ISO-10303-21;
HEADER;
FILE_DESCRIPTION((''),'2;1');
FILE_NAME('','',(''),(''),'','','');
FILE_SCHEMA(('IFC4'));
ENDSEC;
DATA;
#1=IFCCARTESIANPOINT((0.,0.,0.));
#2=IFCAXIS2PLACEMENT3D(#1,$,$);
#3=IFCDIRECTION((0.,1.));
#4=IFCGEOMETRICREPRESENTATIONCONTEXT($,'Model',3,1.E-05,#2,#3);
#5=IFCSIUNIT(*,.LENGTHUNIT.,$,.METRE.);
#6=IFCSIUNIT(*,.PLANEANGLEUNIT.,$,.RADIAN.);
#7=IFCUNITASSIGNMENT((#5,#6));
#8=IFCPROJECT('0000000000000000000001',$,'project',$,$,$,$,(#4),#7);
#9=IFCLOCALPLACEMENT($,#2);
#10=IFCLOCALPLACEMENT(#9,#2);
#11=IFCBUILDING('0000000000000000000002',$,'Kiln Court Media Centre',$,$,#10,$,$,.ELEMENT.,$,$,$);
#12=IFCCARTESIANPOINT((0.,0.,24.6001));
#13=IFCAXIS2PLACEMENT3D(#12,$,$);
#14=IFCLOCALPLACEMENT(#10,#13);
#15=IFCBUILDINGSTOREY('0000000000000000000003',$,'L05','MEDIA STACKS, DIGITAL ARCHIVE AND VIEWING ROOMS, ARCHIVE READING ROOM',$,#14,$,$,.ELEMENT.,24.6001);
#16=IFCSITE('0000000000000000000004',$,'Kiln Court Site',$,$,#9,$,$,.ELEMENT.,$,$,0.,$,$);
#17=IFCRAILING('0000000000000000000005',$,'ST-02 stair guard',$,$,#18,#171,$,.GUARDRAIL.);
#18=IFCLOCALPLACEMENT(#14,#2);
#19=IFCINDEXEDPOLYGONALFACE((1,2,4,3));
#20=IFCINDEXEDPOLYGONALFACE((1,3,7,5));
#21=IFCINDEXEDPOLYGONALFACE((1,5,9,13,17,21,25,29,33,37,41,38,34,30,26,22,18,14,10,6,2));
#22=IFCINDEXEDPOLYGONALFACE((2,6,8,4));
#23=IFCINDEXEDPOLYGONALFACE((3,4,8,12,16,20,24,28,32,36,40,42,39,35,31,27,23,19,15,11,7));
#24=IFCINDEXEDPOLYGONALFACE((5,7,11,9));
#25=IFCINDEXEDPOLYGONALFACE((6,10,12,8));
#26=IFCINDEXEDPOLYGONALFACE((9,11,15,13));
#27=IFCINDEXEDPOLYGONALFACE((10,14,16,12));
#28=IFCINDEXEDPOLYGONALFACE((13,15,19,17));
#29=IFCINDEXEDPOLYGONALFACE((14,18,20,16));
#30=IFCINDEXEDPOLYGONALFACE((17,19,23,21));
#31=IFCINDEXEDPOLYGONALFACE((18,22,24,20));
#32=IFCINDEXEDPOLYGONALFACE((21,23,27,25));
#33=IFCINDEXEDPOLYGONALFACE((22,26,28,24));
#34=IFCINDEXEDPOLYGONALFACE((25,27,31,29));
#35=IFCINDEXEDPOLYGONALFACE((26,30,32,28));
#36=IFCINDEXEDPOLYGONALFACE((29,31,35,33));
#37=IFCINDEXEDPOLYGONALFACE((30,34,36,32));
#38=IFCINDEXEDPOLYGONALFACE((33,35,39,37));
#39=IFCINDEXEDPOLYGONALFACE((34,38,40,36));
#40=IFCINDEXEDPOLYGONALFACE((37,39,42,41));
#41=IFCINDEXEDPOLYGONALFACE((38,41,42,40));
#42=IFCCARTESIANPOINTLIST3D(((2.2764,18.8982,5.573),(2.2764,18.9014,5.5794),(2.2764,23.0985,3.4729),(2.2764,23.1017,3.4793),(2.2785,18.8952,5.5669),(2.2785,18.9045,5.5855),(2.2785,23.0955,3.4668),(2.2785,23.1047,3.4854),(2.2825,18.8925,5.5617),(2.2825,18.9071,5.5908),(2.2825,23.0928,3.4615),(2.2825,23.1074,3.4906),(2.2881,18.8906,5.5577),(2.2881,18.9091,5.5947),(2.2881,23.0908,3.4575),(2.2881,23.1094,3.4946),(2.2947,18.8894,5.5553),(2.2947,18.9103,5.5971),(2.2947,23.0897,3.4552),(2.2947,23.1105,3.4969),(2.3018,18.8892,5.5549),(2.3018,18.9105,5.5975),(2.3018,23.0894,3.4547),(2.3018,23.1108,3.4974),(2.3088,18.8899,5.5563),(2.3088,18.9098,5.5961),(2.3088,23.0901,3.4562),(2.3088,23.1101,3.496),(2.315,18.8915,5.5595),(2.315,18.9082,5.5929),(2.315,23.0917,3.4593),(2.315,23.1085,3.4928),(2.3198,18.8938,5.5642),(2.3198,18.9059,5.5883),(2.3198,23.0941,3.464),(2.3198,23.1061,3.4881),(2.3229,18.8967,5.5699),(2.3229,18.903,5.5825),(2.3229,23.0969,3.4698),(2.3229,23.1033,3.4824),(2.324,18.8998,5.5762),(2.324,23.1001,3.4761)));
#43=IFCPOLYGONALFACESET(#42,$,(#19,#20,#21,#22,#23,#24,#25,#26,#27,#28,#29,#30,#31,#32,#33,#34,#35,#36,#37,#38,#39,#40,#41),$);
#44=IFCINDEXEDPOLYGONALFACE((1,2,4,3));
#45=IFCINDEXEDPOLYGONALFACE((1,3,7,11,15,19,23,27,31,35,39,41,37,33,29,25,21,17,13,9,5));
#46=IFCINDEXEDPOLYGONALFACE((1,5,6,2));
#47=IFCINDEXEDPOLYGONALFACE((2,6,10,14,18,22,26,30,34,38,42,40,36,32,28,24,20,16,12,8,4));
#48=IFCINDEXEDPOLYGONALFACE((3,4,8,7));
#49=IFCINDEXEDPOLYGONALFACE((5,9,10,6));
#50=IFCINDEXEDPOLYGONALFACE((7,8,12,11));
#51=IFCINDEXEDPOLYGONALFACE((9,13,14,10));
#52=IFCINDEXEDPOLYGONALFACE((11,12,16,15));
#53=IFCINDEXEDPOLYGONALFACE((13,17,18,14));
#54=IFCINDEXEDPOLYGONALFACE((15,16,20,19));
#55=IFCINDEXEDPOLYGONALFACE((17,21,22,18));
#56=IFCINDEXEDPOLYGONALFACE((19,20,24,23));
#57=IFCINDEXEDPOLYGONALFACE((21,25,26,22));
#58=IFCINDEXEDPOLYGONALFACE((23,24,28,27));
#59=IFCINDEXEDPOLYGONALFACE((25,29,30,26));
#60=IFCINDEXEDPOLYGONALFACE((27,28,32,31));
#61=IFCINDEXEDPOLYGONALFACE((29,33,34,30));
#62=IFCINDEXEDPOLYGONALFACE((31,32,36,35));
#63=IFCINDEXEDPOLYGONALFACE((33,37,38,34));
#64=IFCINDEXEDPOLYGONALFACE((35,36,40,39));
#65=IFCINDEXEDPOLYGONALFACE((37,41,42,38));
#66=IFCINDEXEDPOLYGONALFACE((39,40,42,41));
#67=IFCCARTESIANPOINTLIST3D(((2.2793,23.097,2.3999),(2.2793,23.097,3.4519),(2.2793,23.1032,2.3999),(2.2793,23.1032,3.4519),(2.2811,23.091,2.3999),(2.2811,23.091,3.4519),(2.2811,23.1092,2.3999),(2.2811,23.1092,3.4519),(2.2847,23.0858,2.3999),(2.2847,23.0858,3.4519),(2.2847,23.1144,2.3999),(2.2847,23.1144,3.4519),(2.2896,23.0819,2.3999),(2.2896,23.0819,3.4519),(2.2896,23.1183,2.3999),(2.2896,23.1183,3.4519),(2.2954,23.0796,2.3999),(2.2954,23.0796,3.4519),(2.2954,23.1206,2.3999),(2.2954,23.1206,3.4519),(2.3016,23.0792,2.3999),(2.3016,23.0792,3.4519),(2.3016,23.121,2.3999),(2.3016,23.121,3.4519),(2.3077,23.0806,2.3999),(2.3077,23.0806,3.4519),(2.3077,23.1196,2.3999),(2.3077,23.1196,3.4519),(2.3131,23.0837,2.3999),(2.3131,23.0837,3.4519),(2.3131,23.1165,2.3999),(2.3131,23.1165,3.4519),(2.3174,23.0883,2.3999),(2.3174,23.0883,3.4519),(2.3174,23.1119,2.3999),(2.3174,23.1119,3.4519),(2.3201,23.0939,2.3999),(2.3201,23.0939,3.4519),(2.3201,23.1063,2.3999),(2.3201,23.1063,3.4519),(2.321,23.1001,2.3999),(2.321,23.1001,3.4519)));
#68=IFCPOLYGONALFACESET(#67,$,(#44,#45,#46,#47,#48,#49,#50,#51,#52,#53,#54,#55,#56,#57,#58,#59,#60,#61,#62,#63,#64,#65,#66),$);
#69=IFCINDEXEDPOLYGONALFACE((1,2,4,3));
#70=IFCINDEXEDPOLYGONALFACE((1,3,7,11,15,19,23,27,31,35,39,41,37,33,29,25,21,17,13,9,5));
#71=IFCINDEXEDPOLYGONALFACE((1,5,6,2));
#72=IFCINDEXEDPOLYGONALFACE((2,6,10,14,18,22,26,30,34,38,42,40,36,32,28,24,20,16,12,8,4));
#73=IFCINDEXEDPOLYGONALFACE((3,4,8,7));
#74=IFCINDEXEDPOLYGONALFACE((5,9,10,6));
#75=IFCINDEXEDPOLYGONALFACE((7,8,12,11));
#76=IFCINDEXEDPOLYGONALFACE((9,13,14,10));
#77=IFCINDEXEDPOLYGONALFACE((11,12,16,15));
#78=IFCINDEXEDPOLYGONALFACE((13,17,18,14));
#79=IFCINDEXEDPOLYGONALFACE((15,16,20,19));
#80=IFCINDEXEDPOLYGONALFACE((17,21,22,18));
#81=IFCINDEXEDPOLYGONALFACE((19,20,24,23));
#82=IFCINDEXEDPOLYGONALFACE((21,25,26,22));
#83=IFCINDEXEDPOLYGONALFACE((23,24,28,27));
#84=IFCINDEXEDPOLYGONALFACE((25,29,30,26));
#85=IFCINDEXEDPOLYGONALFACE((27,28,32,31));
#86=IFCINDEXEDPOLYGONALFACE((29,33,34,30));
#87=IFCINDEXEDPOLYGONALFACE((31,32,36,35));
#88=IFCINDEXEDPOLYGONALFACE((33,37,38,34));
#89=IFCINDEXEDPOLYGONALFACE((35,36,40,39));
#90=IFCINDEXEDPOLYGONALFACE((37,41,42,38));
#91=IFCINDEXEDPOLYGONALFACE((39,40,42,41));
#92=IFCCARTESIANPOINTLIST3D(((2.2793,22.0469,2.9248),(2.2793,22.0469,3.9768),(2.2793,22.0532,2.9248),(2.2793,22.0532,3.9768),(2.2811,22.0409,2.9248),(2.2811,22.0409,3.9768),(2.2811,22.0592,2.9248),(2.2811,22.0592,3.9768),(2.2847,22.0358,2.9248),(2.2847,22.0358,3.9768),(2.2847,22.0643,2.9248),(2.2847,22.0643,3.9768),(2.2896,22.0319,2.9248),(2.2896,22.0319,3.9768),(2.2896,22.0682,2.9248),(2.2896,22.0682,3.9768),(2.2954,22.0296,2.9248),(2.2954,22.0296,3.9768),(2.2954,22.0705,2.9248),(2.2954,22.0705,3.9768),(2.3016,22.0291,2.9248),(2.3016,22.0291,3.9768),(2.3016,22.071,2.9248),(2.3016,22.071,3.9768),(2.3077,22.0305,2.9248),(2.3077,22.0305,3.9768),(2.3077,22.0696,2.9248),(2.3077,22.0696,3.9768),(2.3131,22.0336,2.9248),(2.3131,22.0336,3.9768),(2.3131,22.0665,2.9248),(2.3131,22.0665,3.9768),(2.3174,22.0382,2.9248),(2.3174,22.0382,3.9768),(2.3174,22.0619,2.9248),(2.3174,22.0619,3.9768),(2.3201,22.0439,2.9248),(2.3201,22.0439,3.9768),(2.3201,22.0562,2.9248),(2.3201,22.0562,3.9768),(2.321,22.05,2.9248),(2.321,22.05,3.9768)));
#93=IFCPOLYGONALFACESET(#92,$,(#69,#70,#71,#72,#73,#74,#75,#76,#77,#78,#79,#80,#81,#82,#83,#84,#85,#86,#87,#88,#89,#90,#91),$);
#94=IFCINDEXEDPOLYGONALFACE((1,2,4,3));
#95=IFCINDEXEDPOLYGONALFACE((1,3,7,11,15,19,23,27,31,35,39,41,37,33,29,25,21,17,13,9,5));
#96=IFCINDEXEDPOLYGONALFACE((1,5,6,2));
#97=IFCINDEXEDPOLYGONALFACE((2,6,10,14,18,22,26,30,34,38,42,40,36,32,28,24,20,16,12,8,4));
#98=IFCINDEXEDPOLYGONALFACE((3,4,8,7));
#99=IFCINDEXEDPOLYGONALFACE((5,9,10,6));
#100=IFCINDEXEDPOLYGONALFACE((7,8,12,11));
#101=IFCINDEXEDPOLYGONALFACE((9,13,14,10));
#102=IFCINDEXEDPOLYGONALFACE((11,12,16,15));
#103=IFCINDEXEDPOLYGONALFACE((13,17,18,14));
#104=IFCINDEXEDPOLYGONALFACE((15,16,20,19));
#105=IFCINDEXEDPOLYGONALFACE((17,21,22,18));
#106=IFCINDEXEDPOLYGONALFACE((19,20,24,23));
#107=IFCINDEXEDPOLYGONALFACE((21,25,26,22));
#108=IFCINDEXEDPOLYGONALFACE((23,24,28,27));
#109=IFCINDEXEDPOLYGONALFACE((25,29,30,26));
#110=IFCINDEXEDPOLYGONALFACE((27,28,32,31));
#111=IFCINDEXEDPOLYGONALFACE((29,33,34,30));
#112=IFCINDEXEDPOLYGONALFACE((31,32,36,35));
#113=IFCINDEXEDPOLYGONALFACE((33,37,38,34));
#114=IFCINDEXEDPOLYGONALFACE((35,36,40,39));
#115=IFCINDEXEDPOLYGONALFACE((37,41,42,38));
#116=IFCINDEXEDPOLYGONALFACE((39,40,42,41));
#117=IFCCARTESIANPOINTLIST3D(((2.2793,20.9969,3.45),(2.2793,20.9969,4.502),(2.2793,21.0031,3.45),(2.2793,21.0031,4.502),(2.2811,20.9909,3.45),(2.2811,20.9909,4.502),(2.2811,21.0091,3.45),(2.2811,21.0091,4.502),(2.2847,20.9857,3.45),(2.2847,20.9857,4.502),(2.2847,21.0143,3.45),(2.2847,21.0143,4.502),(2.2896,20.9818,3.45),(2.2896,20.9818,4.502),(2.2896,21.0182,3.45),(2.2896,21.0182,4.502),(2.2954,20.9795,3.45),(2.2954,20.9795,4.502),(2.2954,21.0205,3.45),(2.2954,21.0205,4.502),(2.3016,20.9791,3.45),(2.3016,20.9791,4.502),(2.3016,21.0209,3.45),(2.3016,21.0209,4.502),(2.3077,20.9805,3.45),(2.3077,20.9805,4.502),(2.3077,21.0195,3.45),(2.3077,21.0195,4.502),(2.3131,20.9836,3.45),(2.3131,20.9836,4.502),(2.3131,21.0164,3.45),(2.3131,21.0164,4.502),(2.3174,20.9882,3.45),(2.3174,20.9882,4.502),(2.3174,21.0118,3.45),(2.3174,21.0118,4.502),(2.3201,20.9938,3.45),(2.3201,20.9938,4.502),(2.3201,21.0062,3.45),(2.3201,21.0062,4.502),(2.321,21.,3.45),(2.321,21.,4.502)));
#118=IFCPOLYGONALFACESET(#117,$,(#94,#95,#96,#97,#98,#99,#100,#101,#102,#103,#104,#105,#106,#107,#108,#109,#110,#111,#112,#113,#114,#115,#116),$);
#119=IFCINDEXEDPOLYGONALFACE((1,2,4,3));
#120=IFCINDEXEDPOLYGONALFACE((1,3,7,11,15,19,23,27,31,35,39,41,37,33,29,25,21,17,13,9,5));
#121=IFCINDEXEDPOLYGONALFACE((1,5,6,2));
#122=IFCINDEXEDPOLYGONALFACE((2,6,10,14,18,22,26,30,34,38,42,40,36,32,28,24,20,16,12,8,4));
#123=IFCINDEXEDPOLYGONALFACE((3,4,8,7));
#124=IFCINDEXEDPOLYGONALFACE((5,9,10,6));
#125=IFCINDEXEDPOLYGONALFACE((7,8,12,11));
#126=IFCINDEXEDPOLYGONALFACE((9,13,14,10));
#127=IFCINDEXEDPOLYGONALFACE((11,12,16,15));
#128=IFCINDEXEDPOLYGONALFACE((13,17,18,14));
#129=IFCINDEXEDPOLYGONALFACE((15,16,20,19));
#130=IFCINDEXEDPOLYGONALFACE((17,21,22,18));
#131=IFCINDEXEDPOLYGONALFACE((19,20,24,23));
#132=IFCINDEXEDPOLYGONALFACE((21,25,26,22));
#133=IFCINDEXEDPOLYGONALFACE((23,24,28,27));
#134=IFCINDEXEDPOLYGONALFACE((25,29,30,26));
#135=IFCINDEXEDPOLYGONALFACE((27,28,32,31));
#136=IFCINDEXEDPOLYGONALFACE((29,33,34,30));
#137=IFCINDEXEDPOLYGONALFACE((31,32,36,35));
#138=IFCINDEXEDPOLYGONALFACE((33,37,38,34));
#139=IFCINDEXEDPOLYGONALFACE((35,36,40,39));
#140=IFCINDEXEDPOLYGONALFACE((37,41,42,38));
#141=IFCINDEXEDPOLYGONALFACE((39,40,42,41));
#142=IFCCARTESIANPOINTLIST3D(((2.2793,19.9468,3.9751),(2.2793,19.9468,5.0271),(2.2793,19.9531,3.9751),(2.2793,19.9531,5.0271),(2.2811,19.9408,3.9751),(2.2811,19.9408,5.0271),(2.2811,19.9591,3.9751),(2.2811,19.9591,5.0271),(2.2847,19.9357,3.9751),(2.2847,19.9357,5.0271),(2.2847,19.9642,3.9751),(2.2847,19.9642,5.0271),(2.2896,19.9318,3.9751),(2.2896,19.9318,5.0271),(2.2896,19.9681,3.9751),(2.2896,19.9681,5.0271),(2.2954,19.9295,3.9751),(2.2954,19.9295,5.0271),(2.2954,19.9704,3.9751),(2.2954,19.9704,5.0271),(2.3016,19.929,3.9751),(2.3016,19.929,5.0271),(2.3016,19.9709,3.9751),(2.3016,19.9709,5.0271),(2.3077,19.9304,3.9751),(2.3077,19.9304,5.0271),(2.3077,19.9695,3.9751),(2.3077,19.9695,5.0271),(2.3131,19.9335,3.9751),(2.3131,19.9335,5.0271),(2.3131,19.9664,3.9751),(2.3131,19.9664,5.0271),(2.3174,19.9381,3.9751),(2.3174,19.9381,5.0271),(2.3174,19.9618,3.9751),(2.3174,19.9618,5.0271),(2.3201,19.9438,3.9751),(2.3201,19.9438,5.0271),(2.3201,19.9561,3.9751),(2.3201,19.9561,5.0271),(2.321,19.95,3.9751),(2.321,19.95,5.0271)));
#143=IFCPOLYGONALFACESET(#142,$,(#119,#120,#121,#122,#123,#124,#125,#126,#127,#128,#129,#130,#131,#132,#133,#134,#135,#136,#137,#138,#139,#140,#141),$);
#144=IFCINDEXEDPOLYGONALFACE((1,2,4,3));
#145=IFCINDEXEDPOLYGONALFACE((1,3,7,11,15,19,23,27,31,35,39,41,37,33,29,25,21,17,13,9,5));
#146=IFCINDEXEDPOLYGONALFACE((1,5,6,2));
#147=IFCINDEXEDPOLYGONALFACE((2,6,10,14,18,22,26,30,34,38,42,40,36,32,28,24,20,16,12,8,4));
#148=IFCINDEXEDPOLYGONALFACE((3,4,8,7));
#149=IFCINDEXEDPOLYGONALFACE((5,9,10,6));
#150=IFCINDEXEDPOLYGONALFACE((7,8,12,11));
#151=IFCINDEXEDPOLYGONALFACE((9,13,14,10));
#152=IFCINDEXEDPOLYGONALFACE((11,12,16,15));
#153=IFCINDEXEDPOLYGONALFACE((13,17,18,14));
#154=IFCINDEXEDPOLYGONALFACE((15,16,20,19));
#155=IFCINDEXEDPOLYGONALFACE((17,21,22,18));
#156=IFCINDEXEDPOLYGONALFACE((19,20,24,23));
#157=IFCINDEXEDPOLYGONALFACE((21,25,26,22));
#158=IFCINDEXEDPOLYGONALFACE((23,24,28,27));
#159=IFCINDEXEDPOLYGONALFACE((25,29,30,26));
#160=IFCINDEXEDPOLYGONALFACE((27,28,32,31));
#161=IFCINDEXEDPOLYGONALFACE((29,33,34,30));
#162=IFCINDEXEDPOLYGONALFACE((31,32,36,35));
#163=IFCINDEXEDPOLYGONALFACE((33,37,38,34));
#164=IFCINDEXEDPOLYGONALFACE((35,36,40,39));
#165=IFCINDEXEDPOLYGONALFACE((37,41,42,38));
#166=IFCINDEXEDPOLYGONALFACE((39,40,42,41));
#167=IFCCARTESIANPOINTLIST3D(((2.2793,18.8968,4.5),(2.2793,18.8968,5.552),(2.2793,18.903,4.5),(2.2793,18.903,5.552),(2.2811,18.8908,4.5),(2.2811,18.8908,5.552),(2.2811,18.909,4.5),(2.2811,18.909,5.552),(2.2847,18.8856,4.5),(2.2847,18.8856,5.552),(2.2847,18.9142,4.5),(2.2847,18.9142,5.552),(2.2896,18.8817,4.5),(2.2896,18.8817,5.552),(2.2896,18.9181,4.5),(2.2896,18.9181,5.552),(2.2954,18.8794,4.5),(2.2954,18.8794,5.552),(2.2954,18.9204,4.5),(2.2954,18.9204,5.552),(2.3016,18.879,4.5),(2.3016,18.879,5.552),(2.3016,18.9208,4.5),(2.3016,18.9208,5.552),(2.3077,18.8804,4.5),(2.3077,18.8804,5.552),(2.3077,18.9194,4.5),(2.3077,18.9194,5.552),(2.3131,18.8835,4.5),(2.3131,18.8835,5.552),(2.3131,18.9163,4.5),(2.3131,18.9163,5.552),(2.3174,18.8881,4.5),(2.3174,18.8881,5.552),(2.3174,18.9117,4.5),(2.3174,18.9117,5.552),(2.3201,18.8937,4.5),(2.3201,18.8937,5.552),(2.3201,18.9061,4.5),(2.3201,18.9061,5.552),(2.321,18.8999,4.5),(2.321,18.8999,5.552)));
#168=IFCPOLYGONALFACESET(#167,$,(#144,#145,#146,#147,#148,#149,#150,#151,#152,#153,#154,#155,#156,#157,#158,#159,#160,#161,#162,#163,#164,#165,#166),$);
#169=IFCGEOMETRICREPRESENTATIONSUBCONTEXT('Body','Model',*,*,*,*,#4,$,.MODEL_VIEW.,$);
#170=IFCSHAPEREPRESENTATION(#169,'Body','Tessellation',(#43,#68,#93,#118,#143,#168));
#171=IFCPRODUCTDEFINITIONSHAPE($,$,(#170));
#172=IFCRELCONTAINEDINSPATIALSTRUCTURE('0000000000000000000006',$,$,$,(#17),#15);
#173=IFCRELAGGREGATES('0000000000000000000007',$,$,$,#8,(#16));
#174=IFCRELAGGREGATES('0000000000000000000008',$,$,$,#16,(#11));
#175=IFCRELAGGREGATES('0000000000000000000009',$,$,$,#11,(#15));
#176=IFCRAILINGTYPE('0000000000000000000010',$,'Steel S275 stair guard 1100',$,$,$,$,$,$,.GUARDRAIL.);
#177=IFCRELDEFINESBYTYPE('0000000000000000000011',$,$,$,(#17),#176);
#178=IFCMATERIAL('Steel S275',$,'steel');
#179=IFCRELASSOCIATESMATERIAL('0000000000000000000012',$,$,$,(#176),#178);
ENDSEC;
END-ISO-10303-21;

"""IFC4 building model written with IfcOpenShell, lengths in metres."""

from ifc_helpers import new_model, si_unit, direction, frame, origin, origin_2d, place, context, subcontext, project, spatial, circle, extrude, material, type_object, element, save


model = new_model("IFC4")

# Units and contexts
model_context = context("Model", 3, precision=1e-05, world=origin(), true_north=direction((0.0, 1.0)))
body_context = subcontext(model_context, "Body", "Model", "MODEL_VIEW")
ifc_project = project(units=[si_unit("LENGTHUNIT", "METRE"), si_unit("PLANEANGLEUNIT", "RADIAN")], contexts=[model_context])

# Site, building, storey
site_placement = place(None, origin())
site = spatial("IfcSite", under=ifc_project, at=site_placement, Name="Kiln Court Site", CompositionType="ELEMENT", RefElevation=0.0)
building_placement = place(site_placement, origin())
building = spatial("IfcBuilding", under=site, at=building_placement, Name="Kiln Court Media Centre", CompositionType="ELEMENT")
storey_placement = place(building_placement, frame((0.0, 0.0, 24.6001)))
storey = spatial("IfcBuildingStorey", under=building, at=storey_placement, Name="L05", Description="MEDIA STACKS, DIGITAL ARCHIVE AND VIEWING ROOMS, ARCHIVE READING ROOM", CompositionType="ELEMENT", Elevation=24.6001)

# Railing
ifc_material_1 = material(Name="Steel S275", Category="steel")
railing_type_1 = type_object("IfcRailingType", Name="Steel S275 stair guard 1100", PredefinedType="GUARDRAIL", material=ifc_material_1)
railing_1_placement = place(storey_placement, frame((2.3, 23.1001, 2.3999)))
element("IfcRailing", 1, at=railing_1_placement, inside=storey, type_object=railing_type_1, Name="ST-02 stair guard", PredefinedType="GUARDRAIL", context=body_context, shape_type="SweptSolid", body=[
    extrude(circle(Radius=0.0239, at=origin_2d()), frame((0.0, 0.0, 1.0762), z_axis=(0.0, -0.894427, 0.447214), x_axis=(1.0, 0.0, 0.0)), (0.0, 0.0, 1.0), 4.696),
    extrude(circle(Radius=0.021, at=origin_2d()), origin(), (0.0, 0.0, 1.0), 1.052),
    extrude(circle(Radius=0.021, at=origin_2d()), frame((0.0, -1.05, 0.5249)), (0.0, 0.0, 1.0), 1.052),
    extrude(circle(Radius=0.021, at=origin_2d()), frame((0.0, -2.1001, 1.05)), (0.0, 0.0, 1.0), 1.052),
    extrude(circle(Radius=0.021, at=origin_2d()), frame((0.0, -3.1501, 1.5752)), (0.0, 0.0, 1.0), 1.052),
    extrude(circle(Radius=0.021, at=origin_2d()), frame((0.0, -4.2002, 2.1001)), (0.0, 0.0, 1.0), 1.052),
])

save(model, "model.ifc")
